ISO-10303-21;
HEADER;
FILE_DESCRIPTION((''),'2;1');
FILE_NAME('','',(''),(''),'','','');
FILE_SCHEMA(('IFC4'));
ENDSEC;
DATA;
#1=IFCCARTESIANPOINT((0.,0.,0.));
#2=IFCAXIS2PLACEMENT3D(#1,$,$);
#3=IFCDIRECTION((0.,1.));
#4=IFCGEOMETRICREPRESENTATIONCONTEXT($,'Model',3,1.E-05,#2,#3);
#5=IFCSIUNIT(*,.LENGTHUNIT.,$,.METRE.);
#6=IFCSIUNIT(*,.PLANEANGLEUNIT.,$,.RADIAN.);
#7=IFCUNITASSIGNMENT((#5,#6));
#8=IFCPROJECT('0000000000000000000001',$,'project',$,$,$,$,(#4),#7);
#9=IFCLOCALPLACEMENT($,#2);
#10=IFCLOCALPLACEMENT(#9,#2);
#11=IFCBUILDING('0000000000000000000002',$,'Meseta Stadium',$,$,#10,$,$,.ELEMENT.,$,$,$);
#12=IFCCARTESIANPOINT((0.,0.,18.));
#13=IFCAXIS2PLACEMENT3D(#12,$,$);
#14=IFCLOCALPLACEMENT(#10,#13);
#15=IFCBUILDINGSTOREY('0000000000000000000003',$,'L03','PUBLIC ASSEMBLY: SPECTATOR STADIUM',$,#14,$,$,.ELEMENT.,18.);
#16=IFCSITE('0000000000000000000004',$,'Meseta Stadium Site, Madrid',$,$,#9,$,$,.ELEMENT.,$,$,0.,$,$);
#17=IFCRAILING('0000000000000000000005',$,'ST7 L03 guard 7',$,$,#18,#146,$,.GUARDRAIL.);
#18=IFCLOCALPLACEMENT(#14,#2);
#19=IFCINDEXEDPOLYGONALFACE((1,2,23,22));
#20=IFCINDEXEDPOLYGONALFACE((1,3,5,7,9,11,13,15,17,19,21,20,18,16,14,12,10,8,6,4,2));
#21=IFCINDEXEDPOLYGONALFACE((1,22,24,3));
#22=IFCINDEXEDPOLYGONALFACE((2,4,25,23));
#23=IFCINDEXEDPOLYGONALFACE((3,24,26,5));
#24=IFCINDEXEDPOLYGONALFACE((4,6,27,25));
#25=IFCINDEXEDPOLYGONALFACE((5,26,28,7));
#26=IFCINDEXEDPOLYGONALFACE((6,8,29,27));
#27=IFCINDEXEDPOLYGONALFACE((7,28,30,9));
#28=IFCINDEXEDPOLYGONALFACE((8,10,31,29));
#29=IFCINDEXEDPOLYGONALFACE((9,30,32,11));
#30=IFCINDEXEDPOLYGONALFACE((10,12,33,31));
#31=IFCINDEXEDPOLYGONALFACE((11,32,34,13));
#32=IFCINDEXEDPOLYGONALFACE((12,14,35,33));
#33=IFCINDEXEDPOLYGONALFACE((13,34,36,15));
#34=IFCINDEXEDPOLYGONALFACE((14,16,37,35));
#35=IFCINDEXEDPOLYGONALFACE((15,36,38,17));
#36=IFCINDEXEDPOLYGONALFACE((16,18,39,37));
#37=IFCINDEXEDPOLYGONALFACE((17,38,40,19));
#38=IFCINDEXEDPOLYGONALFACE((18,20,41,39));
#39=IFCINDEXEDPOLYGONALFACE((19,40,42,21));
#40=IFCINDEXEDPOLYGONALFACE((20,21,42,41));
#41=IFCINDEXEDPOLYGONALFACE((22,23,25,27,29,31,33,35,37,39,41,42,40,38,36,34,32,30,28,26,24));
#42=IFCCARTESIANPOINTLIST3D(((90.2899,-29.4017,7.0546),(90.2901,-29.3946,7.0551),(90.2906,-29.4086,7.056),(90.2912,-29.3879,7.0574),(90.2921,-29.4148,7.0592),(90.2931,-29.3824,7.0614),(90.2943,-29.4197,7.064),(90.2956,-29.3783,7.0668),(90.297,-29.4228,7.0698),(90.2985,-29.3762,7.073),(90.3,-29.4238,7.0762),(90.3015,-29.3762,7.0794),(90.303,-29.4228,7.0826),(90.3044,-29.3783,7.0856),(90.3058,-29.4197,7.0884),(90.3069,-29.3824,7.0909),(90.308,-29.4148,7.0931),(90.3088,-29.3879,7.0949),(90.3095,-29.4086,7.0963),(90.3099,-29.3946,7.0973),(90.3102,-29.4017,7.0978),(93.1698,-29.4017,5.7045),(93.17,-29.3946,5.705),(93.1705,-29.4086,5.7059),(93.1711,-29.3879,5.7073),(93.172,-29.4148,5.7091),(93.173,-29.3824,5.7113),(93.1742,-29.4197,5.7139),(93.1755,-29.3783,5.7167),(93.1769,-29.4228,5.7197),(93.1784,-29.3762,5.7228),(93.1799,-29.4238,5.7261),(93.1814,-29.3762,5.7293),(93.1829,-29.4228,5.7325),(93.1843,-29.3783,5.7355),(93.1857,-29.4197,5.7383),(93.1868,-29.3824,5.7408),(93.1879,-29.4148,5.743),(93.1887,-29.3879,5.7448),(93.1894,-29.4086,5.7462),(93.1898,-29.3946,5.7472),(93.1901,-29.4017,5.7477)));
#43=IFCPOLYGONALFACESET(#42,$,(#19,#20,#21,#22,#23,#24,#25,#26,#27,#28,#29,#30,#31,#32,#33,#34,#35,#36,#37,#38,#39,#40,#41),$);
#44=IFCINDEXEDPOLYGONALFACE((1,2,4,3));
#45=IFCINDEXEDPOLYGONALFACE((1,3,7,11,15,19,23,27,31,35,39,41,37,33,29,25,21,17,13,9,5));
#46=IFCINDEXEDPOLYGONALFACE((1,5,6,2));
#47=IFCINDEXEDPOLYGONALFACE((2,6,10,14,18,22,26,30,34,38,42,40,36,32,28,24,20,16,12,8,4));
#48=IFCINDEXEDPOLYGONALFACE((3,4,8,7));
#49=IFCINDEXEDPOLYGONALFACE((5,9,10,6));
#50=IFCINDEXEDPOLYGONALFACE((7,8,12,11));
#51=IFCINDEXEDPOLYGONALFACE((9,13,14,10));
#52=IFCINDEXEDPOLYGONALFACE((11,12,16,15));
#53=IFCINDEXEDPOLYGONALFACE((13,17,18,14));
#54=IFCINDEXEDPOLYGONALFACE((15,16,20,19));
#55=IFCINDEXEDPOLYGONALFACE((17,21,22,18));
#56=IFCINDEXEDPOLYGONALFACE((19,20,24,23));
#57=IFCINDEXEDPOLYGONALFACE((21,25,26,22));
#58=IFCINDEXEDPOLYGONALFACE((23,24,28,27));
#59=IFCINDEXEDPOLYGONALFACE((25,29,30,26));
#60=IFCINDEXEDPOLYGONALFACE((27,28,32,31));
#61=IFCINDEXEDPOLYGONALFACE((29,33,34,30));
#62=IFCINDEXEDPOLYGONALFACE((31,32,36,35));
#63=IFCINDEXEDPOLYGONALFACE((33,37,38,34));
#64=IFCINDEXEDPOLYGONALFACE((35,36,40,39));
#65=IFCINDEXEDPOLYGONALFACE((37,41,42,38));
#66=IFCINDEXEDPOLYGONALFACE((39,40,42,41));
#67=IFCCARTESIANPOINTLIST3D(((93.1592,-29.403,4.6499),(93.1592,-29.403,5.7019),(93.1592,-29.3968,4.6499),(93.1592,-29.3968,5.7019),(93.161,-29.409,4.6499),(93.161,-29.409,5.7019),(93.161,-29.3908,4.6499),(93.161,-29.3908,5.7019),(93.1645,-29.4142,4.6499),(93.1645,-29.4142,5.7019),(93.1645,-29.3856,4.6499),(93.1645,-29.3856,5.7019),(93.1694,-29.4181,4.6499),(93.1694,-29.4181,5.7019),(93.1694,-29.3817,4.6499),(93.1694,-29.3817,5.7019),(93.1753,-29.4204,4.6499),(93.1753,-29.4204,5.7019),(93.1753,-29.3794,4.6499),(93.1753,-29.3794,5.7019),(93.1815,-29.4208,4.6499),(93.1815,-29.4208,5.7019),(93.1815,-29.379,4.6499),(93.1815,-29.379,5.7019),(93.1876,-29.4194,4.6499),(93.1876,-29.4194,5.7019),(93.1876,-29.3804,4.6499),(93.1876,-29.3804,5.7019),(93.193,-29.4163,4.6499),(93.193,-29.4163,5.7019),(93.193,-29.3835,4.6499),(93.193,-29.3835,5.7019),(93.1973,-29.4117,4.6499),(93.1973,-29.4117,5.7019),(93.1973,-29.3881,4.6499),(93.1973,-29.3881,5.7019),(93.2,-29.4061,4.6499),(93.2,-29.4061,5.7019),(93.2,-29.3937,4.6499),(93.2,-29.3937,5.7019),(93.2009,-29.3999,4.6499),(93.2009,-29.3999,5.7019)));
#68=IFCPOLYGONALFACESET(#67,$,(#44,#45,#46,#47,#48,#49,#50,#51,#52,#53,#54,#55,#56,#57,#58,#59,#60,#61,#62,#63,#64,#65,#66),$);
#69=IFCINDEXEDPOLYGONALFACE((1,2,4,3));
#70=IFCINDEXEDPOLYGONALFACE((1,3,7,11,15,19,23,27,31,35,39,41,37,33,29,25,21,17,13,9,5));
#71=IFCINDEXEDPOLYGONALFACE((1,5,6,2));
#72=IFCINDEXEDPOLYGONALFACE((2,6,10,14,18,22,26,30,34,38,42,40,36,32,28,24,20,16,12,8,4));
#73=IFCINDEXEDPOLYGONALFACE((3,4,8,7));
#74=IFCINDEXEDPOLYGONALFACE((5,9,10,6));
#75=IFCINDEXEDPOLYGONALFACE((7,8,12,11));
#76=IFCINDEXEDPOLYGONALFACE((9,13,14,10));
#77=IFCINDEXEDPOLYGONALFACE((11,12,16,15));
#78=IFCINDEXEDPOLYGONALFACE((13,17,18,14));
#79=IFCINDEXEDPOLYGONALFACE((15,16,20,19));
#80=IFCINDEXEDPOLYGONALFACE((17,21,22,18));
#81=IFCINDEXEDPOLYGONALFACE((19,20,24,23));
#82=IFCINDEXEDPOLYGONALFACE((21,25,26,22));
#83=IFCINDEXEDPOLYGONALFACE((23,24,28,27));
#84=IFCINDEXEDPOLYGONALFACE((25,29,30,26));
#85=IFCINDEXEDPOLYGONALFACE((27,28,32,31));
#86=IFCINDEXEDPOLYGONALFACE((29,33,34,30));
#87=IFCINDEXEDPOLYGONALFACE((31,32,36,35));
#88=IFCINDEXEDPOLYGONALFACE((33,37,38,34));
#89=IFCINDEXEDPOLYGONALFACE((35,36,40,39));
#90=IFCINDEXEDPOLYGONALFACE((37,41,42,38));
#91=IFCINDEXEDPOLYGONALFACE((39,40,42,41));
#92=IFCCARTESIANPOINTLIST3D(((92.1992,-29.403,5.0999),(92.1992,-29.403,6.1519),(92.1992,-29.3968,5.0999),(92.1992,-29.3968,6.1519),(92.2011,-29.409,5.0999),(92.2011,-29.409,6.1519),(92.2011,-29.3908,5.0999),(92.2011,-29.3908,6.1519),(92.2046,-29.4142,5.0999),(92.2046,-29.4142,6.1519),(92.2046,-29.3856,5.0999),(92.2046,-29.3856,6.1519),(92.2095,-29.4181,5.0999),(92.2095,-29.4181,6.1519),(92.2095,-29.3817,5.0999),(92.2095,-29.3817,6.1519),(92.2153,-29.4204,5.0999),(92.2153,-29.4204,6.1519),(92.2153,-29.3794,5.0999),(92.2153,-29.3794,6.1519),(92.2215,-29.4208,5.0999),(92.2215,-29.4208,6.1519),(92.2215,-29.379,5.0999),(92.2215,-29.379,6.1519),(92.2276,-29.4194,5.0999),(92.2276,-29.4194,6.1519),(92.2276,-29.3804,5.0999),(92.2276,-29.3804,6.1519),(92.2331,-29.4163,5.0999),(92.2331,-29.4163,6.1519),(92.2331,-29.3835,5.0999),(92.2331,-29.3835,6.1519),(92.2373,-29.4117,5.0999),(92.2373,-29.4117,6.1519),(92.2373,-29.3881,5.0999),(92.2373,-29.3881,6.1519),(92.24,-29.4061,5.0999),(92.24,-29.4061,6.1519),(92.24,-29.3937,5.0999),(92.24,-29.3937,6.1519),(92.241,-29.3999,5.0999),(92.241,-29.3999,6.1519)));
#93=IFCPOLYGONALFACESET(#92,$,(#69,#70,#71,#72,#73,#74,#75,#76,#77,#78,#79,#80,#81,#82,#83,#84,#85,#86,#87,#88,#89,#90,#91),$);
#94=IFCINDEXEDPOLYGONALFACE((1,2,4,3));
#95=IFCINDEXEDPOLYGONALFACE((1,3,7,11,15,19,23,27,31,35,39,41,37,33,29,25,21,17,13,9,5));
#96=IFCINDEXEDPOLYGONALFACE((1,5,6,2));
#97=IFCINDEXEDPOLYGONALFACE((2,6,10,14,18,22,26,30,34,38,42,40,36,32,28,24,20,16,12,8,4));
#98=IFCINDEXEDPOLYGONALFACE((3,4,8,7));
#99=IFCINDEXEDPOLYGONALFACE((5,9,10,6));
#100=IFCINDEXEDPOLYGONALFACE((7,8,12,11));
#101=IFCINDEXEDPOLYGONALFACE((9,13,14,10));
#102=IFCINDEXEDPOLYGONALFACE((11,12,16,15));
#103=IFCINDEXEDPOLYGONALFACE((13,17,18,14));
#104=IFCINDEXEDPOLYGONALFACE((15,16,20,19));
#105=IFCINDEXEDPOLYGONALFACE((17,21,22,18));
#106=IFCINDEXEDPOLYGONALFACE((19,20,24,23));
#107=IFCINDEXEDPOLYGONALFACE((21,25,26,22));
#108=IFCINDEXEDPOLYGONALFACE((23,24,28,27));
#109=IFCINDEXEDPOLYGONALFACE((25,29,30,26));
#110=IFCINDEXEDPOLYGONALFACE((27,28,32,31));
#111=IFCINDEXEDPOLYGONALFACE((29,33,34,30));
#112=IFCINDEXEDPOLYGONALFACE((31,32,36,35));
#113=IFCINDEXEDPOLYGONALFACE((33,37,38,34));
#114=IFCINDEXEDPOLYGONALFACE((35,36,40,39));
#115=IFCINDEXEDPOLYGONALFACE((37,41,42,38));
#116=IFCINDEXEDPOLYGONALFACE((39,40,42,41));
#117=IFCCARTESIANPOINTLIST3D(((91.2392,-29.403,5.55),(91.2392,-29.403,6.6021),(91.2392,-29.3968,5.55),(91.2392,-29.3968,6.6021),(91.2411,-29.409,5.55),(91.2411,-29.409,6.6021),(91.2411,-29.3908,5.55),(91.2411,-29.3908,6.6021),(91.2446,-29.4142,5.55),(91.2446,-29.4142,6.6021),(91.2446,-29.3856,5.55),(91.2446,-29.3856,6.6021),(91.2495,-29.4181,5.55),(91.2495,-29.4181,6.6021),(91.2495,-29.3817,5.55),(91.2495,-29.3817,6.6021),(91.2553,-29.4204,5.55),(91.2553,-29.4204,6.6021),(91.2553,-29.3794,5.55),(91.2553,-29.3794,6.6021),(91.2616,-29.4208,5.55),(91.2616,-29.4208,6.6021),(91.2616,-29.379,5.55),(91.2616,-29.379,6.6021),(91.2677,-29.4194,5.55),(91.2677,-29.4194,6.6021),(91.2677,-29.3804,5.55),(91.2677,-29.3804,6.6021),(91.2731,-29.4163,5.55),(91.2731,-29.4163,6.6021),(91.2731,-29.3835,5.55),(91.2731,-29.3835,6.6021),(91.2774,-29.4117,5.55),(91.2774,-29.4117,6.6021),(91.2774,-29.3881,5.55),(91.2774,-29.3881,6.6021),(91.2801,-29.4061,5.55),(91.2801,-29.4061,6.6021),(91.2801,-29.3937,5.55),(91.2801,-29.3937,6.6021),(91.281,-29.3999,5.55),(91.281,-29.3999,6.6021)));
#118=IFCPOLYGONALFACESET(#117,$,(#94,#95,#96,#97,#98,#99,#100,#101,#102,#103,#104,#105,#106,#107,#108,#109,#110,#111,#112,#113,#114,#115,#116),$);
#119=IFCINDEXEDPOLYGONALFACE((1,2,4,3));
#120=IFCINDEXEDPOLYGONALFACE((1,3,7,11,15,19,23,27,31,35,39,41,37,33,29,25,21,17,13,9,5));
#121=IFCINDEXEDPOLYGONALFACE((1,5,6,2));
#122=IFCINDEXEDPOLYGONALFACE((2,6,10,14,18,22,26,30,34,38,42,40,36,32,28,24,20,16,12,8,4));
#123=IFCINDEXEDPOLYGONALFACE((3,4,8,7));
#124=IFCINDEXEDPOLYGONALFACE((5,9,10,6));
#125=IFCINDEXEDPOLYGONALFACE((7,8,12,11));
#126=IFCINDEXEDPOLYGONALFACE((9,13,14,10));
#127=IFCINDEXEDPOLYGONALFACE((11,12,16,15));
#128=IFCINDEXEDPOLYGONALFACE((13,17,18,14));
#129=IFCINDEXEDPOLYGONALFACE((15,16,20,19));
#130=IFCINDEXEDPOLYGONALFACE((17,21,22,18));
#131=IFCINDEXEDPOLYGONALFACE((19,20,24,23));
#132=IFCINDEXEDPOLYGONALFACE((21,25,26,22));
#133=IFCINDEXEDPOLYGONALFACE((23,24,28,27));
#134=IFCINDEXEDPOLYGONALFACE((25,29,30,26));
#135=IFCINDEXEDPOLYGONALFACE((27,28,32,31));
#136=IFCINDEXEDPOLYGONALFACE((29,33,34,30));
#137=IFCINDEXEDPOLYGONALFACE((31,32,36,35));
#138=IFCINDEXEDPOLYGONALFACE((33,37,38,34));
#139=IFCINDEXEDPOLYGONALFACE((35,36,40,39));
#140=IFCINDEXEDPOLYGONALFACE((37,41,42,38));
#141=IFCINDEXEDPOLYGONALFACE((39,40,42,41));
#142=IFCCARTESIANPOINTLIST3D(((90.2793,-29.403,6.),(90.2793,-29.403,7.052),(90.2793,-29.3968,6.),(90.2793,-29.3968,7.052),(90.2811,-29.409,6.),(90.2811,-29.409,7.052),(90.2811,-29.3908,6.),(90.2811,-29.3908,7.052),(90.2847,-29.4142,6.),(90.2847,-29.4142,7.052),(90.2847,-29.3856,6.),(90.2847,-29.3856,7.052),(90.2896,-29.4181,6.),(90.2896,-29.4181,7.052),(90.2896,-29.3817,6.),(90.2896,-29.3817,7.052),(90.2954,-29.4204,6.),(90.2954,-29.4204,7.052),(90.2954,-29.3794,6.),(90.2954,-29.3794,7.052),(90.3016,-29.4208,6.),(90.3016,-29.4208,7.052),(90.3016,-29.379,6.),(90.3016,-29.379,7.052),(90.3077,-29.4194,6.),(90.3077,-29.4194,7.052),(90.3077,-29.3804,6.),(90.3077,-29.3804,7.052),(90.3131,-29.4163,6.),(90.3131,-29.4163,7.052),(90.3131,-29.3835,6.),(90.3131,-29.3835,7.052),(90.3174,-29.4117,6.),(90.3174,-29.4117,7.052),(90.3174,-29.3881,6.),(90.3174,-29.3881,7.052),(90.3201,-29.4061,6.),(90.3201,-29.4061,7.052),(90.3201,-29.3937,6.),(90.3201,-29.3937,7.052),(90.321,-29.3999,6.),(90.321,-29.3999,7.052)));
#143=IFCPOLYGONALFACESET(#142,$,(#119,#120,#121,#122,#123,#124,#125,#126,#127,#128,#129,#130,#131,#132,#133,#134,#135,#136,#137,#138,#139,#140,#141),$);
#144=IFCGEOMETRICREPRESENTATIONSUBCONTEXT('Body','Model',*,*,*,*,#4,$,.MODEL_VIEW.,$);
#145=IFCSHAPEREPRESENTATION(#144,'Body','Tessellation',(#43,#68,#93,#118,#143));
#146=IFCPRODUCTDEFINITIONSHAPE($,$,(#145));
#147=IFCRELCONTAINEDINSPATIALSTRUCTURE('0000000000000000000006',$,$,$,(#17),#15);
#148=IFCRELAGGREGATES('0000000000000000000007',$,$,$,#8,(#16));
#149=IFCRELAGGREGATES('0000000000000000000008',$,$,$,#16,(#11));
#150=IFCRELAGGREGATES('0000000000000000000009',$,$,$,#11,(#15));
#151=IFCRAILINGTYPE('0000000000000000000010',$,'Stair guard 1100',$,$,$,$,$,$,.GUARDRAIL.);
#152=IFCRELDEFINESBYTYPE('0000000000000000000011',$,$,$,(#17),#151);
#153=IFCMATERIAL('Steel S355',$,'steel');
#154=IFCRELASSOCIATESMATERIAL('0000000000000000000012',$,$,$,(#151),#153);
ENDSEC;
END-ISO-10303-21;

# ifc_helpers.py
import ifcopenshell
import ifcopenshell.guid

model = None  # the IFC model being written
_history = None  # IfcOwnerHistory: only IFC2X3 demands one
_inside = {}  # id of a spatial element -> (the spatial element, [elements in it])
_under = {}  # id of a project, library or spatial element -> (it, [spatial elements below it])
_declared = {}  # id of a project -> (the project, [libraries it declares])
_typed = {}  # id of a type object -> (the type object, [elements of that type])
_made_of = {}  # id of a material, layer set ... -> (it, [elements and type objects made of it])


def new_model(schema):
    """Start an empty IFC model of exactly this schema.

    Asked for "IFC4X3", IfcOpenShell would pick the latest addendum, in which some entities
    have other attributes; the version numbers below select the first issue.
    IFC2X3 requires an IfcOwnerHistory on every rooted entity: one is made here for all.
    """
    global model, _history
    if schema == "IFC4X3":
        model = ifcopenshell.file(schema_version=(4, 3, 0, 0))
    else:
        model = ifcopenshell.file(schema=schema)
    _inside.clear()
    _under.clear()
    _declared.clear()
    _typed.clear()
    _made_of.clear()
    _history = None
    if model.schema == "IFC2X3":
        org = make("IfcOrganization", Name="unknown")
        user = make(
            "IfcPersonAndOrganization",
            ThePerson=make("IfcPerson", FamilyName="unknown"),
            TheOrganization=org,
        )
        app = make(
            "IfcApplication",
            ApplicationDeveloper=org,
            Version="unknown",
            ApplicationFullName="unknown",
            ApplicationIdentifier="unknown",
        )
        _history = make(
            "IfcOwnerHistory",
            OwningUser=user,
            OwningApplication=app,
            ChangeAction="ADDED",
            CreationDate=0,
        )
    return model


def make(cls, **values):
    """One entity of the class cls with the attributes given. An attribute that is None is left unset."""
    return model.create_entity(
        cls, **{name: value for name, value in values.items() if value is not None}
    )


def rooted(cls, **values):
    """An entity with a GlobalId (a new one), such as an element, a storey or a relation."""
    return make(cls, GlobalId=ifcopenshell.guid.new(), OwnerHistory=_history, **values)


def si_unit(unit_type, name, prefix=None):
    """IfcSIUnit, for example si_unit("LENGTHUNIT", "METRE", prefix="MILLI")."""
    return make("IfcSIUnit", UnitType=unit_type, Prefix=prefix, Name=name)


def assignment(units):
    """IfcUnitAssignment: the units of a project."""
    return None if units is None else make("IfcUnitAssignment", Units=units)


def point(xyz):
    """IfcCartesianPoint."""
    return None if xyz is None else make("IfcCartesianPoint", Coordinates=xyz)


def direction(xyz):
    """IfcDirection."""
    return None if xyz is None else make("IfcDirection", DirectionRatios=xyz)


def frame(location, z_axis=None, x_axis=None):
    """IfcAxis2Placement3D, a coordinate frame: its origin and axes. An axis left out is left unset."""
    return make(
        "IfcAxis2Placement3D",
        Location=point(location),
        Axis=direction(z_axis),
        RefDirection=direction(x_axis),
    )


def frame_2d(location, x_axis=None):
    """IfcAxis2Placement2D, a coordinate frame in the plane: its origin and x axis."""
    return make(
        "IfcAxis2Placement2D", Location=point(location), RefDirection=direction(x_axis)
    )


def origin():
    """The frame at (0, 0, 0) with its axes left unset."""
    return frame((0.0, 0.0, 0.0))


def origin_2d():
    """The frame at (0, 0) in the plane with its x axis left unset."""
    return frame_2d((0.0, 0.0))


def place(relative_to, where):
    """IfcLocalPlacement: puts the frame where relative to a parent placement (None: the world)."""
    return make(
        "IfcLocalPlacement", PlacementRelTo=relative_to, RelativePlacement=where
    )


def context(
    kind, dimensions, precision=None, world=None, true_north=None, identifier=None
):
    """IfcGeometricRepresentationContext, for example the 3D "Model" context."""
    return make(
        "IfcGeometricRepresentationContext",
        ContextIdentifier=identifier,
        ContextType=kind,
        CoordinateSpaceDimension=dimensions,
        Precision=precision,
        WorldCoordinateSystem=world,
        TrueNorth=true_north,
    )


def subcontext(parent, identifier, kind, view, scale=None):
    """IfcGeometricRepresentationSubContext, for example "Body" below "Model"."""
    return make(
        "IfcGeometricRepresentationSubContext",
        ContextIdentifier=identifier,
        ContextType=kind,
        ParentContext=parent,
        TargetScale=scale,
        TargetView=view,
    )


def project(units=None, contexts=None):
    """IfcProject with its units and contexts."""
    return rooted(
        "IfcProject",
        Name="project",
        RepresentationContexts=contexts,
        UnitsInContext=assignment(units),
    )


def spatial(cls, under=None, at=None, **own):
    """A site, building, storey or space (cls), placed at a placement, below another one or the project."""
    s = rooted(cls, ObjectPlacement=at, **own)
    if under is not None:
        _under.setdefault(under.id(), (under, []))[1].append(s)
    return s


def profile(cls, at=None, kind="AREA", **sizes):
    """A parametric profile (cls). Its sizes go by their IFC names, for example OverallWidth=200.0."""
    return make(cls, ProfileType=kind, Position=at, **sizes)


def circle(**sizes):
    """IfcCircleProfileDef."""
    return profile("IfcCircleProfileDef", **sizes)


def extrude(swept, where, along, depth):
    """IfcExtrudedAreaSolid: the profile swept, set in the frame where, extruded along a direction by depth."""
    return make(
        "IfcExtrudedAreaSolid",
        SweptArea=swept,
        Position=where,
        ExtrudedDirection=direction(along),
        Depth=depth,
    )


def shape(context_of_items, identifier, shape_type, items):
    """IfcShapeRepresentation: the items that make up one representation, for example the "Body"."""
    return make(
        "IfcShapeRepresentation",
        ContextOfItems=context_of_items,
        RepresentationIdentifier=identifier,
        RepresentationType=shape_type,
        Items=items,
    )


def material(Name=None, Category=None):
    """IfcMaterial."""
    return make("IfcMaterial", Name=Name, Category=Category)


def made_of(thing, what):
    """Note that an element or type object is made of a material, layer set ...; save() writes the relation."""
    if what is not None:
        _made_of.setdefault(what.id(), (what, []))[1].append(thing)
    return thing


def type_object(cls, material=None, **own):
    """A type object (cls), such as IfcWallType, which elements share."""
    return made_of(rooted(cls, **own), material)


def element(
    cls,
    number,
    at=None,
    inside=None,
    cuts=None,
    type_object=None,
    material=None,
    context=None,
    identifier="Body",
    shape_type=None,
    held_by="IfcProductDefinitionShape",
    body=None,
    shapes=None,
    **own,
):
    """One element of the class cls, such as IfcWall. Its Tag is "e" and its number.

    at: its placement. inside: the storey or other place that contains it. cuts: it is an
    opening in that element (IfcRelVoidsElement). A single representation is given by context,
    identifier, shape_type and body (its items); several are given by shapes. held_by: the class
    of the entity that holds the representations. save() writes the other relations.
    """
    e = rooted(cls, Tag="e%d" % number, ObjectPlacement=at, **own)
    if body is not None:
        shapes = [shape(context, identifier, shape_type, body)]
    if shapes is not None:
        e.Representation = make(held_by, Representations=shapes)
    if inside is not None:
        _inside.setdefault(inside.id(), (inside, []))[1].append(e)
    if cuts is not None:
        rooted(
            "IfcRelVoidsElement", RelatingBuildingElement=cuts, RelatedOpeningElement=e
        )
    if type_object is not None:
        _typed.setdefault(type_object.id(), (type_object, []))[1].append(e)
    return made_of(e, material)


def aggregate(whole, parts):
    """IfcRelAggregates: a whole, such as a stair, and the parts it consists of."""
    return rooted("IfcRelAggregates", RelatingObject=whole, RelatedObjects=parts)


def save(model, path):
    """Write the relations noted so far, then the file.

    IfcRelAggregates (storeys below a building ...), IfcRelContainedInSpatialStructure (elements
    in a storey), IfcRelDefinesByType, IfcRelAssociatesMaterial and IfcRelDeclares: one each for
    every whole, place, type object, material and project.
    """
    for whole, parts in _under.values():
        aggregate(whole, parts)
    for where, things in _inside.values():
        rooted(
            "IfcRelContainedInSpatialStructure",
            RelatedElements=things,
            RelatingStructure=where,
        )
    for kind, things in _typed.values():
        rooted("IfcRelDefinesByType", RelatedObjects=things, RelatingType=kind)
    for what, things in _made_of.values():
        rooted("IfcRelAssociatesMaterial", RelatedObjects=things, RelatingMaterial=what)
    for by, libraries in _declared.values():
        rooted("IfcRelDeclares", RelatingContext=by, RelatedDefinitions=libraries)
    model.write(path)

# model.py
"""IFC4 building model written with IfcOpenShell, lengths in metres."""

from ifc_helpers import new_model, si_unit, direction, frame, origin, origin_2d, place, context, subcontext, project, spatial, circle, extrude, material, type_object, element, save


model = new_model("IFC4")

# Units and contexts
model_context = context("Model", 3, precision=1e-05, world=origin(), true_north=direction((0.0, 1.0)))
body_context = subcontext(model_context, "Body", "Model", "MODEL_VIEW")
ifc_project = project(units=[si_unit("LENGTHUNIT", "METRE"), si_unit("PLANEANGLEUNIT", "RADIAN")], contexts=[model_context])

# Site, building, storey
site_placement = place(None, origin())
site = spatial("IfcSite", under=ifc_project, at=site_placement, Name="Meseta Stadium Site, Madrid", CompositionType="ELEMENT", RefElevation=0.0)
building_placement = place(site_placement, origin())
building = spatial("IfcBuilding", under=site, at=building_placement, Name="Meseta Stadium", CompositionType="ELEMENT")
storey_placement = place(building_placement, frame((0.0, 0.0, 18.0)))
storey = spatial("IfcBuildingStorey", under=building, at=storey_placement, Name="L03", Description="PUBLIC ASSEMBLY: SPECTATOR STADIUM", CompositionType="ELEMENT", Elevation=18.0)

# Railing
ifc_material_1 = material(Name="Steel S355", Category="steel")
railing_type_1 = type_object("IfcRailingType", Name="Stair guard 1100", PredefinedType="GUARDRAIL", material=ifc_material_1)
railing_1_placement = place(storey_placement, frame((93.1799, -29.3999, 4.6499)))
element("IfcRailing", 1, at=railing_1_placement, inside=storey, type_object=railing_type_1, Name="ST7 L03 guard 7", PredefinedType="GUARDRAIL", context=body_context, shape_type="SweptSolid", body=[
    extrude(circle(Radius=0.0239, at=origin_2d()), frame((0.0, 0.0, 1.0762), z_axis=(-0.90544, 0.0, 0.424473), x_axis=(0.0, -1.0, 0.0)), (0.0, 0.0, 1.0), 3.1807),
    extrude(circle(Radius=0.021, at=origin_2d()), origin(), (0.0, 0.0, 1.0), 1.052),
    extrude(circle(Radius=0.021, at=origin_2d()), frame((-0.96, 0.0, 0.45)), (0.0, 0.0, 1.0), 1.052),
    extrude(circle(Radius=0.021, at=origin_2d()), frame((-1.9199, 0.0, 0.9001)), (0.0, 0.0, 1.0), 1.052),
    extrude(circle(Radius=0.021, at=origin_2d()), frame((-2.8799, 0.0, 1.3501)), (0.0, 0.0, 1.0), 1.052),
])

save(model, "model.ifc")
